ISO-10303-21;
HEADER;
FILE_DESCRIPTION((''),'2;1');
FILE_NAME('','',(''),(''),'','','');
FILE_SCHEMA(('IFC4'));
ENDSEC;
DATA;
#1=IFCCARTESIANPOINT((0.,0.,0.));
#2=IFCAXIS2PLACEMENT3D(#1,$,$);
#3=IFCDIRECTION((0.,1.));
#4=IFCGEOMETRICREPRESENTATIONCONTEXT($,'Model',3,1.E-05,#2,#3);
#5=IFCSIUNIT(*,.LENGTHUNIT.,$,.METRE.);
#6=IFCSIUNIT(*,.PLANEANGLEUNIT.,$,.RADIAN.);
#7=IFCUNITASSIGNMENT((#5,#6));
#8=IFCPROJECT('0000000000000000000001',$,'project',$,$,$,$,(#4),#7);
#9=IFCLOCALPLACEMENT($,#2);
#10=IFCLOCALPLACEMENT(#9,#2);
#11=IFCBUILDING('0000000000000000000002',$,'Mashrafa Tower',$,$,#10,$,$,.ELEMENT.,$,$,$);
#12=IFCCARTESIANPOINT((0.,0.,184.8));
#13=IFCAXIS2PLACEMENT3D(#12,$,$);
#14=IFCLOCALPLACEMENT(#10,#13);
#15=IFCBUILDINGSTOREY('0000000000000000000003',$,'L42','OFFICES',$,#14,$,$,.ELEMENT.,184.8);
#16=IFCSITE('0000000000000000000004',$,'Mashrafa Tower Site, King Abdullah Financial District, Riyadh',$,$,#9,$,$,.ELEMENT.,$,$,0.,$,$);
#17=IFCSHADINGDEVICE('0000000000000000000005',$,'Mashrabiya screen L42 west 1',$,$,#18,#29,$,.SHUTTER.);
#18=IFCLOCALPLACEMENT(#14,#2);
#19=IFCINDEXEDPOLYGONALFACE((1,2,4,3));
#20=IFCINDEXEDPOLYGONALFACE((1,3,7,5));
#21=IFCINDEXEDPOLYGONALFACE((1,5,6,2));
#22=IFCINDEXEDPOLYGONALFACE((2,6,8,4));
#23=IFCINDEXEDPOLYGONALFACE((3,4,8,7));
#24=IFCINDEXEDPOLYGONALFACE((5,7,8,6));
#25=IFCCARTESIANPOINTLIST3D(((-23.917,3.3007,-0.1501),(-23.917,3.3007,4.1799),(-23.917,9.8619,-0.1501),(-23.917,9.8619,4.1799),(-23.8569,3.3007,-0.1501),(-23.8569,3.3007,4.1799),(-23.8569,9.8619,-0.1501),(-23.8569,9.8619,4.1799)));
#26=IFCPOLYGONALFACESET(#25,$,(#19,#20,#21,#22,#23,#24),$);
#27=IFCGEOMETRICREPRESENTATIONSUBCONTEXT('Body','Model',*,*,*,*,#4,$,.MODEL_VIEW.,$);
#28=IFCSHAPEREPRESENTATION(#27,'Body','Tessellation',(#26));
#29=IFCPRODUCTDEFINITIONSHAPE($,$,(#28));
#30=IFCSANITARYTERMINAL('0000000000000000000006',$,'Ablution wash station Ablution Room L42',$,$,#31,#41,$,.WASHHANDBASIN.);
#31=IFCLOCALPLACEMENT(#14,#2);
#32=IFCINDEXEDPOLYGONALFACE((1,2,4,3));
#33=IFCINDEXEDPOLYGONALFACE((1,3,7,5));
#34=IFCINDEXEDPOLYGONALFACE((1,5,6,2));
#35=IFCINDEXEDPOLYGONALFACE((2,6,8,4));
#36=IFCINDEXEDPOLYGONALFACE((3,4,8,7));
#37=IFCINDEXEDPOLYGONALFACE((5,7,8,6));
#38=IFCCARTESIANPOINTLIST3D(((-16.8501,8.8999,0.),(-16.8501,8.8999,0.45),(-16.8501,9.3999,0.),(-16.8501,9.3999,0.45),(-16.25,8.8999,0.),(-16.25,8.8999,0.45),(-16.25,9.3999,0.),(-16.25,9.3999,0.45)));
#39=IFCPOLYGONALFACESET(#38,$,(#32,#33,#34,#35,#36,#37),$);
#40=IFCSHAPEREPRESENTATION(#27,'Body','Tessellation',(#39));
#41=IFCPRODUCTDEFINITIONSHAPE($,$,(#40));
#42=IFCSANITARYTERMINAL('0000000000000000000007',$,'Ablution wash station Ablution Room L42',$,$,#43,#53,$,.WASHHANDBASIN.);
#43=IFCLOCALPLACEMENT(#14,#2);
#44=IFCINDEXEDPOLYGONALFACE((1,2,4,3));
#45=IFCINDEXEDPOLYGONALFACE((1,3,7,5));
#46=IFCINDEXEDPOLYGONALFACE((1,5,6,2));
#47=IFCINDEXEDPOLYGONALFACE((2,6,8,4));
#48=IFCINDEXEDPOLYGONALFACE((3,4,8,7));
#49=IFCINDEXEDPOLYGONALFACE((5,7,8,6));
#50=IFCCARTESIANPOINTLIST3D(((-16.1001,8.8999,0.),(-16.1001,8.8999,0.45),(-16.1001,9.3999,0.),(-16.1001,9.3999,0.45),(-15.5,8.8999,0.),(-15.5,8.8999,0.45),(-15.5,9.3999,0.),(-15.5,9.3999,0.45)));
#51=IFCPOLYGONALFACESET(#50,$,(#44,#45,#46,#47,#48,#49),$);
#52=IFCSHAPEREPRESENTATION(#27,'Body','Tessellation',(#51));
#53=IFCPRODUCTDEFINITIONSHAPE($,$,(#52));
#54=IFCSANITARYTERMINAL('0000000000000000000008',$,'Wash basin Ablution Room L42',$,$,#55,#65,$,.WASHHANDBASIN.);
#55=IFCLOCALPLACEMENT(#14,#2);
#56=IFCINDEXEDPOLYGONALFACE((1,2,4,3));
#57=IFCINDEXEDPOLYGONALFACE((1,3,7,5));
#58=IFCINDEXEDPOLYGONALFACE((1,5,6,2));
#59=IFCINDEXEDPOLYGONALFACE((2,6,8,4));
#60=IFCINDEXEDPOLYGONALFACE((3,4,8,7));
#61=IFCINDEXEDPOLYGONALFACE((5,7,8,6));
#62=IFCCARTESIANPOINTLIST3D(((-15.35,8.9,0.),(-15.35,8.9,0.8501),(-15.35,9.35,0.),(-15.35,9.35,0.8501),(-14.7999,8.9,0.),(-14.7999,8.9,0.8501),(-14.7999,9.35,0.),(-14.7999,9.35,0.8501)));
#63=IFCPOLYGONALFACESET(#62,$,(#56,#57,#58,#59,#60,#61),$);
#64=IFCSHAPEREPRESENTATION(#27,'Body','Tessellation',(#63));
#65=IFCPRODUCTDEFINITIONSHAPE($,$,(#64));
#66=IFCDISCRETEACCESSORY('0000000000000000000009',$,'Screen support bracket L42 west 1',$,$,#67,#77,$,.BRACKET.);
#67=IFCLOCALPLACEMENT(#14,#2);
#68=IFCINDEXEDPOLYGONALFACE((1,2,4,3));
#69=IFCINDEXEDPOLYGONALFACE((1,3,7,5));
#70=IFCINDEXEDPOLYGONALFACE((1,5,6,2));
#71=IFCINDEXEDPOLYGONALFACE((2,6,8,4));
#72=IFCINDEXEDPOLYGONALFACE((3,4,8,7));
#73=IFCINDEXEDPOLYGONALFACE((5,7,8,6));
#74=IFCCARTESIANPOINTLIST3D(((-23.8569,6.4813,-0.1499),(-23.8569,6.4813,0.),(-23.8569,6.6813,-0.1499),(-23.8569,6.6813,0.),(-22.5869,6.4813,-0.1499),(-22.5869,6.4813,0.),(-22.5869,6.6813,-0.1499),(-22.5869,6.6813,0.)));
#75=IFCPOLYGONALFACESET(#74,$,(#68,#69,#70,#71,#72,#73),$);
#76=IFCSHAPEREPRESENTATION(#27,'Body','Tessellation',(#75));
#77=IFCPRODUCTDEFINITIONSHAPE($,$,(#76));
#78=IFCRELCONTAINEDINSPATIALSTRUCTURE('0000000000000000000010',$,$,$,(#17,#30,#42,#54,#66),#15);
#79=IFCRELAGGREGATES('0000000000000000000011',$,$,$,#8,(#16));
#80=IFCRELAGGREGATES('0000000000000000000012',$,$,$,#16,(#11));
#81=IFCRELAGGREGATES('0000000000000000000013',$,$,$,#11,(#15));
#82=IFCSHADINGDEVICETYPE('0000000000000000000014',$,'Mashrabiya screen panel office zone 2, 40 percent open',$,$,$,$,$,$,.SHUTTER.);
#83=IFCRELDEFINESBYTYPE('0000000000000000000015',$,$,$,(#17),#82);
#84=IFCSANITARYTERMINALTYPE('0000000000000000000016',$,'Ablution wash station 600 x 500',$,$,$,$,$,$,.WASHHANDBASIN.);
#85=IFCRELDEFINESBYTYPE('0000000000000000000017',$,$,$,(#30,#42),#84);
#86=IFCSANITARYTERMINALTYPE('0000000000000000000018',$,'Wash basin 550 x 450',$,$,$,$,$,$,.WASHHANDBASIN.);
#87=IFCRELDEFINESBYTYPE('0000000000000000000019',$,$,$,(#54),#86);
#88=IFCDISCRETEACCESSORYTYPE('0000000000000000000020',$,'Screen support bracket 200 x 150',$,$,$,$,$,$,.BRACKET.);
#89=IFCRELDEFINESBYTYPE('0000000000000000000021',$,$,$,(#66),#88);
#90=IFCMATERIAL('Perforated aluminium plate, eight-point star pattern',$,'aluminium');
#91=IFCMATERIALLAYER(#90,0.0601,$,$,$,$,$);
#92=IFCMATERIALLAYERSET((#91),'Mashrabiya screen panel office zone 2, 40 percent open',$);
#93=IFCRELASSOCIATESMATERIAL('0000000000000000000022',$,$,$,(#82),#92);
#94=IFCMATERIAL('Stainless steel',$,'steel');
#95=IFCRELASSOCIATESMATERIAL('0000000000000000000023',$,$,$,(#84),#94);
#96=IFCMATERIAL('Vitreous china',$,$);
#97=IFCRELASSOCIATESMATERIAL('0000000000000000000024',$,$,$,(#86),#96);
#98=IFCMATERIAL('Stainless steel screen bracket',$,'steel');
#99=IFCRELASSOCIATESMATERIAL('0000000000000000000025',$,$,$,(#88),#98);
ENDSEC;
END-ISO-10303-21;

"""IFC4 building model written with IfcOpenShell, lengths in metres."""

from ifc_helpers import new_model, si_unit, direction, frame, origin, origin_2d, place, context, subcontext, project, spatial, rectangle, extrude, source, transform, mapped, material, layer, layer_set, type_object, type_shapes, element, save


model = new_model("IFC4")

# Units and contexts
model_context = context("Model", 3, precision=1e-05, world=origin(), true_north=direction((0.0, 1.0)))
body_context = subcontext(model_context, "Body", "Model", "MODEL_VIEW")
ifc_project = project(units=[si_unit("LENGTHUNIT", "METRE"), si_unit("PLANEANGLEUNIT", "RADIAN")], contexts=[model_context])

# Site, building, storey
site_placement = place(None, origin())
site = spatial("IfcSite", under=ifc_project, at=site_placement, Name="Mashrafa Tower Site, King Abdullah Financial District, Riyadh", CompositionType="ELEMENT", RefElevation=0.0)
building_placement = place(site_placement, origin())
building = spatial("IfcBuilding", under=site, at=building_placement, Name="Mashrafa Tower", CompositionType="ELEMENT")
storey_placement = place(building_placement, frame((0.0, 0.0, 184.8)))
storey = spatial("IfcBuildingStorey", under=building, at=storey_placement, Name="L42", Description="OFFICES", CompositionType="ELEMENT", Elevation=184.8)

# Shading device
ifc_material_1 = material(Name="Perforated aluminium plate, eight-point star pattern", Category="aluminium")
ifc_layer_1 = layer(ifc_material_1, 0.0601)
ifc_layer_set_1 = layer_set([ifc_layer_1], Name="Mashrabiya screen panel office zone 2, 40 percent open")
shading_device_type = type_object("IfcShadingDeviceType", Name="Mashrabiya screen panel office zone 2, 40 percent open", PredefinedType="SHUTTER", material=ifc_layer_set_1)
shared_shape_1 = source(origin(), body_context, "Body", "SweptSolid", [
    extrude(rectangle(XDim=6.5613, YDim=0.0601, at=origin_2d()), origin(), (0.0, 0.0, 1.0), 4.3301),
])
type_shapes(shading_device_type, [shared_shape_1])
shading_device_placement = place(storey_placement, frame((-23.887, 6.5813, -0.1501), z_axis=(0.0, 0.0, 1.0), x_axis=(0.0, -1.0, 0.0)))
element("IfcShadingDevice", 1, at=shading_device_placement, inside=storey, type_object=shading_device_type, Name="Mashrabiya screen L42 west 1", PredefinedType="SHUTTER", context=body_context, shape_type="MappedRepresentation", body=[
    mapped(shared_shape_1, transform((0.0, 0.0, 0.0))),
])

# Sanitary terminals
ifc_material_2 = material(Name="Stainless steel", Category="steel")
sanitary_terminal_type_1 = type_object("IfcSanitaryTerminalType", Name="Ablution wash station 600 x 500", PredefinedType="WASHHANDBASIN", material=ifc_material_2)
for number, where, z_axis, x_axis, name in (
    (2, (-16.55, 9.1499, 0.0), (0.0, 0.0, 1.0), (1.0, 0.0, 0.0), "Ablution wash station Ablution Room L42"),
    (3, (-15.8, 9.1499, 0.0), (0.0, 0.0, 1.0), (1.0, 0.0, 0.0), "Ablution wash station Ablution Room L42"),
):
    element("IfcSanitaryTerminal", number, at=place(storey_placement, frame(where, z_axis=z_axis, x_axis=x_axis)), inside=storey, type_object=sanitary_terminal_type_1, Name=name, PredefinedType="WASHHANDBASIN", context=body_context, shape_type="SweptSolid", body=[
        extrude(rectangle(XDim=0.6001, YDim=0.5, at=origin_2d()), origin(), (0.0, 0.0, 1.0), 0.45),
    ])
ifc_material_3 = material(Name="Vitreous china")
sanitary_terminal_type_2 = type_object("IfcSanitaryTerminalType", Name="Wash basin 550 x 450", PredefinedType="WASHHANDBASIN", material=ifc_material_3)
sanitary_terminal_placement = place(storey_placement, frame((-15.075, 9.125, 0.0), z_axis=(0.0, 0.0, 1.0), x_axis=(1.0, 0.0, 0.0)))
element("IfcSanitaryTerminal", 4, at=sanitary_terminal_placement, inside=storey, type_object=sanitary_terminal_type_2, Name="Wash basin Ablution Room L42", PredefinedType="WASHHANDBASIN", context=body_context, shape_type="SweptSolid", body=[
    extrude(rectangle(XDim=0.55, YDim=0.45, at=origin_2d()), origin(), (0.0, 0.0, 1.0), 0.8501),
])

# Discrete accessory
ifc_material_4 = material(Name="Stainless steel screen bracket", Category="steel")
discrete_accessory_type = type_object("IfcDiscreteAccessoryType", Name="Screen support bracket 200 x 150", PredefinedType="BRACKET", material=ifc_material_4)
shared_shape_2 = source(origin(), body_context, "Body", "SweptSolid", [
    extrude(rectangle(XDim=0.2, YDim=1.27, at=origin_2d()), origin(), (0.0, 0.0, 1.0), 0.1499),
])
type_shapes(discrete_accessory_type, [shared_shape_2])
discrete_accessory_placement = place(storey_placement, frame((-23.2219, 6.5813, -0.1499), z_axis=(0.0, 0.0, 1.0), x_axis=(0.0, -1.0, 0.0)))
element("IfcDiscreteAccessory", 5, at=discrete_accessory_placement, inside=storey, type_object=discrete_accessory_type, Name="Screen support bracket L42 west 1", PredefinedType="BRACKET", context=body_context, shape_type="MappedRepresentation", body=[
    mapped(shared_shape_2, transform((0.0, 0.0, 0.0))),
])

save(model, "model.ifc")
